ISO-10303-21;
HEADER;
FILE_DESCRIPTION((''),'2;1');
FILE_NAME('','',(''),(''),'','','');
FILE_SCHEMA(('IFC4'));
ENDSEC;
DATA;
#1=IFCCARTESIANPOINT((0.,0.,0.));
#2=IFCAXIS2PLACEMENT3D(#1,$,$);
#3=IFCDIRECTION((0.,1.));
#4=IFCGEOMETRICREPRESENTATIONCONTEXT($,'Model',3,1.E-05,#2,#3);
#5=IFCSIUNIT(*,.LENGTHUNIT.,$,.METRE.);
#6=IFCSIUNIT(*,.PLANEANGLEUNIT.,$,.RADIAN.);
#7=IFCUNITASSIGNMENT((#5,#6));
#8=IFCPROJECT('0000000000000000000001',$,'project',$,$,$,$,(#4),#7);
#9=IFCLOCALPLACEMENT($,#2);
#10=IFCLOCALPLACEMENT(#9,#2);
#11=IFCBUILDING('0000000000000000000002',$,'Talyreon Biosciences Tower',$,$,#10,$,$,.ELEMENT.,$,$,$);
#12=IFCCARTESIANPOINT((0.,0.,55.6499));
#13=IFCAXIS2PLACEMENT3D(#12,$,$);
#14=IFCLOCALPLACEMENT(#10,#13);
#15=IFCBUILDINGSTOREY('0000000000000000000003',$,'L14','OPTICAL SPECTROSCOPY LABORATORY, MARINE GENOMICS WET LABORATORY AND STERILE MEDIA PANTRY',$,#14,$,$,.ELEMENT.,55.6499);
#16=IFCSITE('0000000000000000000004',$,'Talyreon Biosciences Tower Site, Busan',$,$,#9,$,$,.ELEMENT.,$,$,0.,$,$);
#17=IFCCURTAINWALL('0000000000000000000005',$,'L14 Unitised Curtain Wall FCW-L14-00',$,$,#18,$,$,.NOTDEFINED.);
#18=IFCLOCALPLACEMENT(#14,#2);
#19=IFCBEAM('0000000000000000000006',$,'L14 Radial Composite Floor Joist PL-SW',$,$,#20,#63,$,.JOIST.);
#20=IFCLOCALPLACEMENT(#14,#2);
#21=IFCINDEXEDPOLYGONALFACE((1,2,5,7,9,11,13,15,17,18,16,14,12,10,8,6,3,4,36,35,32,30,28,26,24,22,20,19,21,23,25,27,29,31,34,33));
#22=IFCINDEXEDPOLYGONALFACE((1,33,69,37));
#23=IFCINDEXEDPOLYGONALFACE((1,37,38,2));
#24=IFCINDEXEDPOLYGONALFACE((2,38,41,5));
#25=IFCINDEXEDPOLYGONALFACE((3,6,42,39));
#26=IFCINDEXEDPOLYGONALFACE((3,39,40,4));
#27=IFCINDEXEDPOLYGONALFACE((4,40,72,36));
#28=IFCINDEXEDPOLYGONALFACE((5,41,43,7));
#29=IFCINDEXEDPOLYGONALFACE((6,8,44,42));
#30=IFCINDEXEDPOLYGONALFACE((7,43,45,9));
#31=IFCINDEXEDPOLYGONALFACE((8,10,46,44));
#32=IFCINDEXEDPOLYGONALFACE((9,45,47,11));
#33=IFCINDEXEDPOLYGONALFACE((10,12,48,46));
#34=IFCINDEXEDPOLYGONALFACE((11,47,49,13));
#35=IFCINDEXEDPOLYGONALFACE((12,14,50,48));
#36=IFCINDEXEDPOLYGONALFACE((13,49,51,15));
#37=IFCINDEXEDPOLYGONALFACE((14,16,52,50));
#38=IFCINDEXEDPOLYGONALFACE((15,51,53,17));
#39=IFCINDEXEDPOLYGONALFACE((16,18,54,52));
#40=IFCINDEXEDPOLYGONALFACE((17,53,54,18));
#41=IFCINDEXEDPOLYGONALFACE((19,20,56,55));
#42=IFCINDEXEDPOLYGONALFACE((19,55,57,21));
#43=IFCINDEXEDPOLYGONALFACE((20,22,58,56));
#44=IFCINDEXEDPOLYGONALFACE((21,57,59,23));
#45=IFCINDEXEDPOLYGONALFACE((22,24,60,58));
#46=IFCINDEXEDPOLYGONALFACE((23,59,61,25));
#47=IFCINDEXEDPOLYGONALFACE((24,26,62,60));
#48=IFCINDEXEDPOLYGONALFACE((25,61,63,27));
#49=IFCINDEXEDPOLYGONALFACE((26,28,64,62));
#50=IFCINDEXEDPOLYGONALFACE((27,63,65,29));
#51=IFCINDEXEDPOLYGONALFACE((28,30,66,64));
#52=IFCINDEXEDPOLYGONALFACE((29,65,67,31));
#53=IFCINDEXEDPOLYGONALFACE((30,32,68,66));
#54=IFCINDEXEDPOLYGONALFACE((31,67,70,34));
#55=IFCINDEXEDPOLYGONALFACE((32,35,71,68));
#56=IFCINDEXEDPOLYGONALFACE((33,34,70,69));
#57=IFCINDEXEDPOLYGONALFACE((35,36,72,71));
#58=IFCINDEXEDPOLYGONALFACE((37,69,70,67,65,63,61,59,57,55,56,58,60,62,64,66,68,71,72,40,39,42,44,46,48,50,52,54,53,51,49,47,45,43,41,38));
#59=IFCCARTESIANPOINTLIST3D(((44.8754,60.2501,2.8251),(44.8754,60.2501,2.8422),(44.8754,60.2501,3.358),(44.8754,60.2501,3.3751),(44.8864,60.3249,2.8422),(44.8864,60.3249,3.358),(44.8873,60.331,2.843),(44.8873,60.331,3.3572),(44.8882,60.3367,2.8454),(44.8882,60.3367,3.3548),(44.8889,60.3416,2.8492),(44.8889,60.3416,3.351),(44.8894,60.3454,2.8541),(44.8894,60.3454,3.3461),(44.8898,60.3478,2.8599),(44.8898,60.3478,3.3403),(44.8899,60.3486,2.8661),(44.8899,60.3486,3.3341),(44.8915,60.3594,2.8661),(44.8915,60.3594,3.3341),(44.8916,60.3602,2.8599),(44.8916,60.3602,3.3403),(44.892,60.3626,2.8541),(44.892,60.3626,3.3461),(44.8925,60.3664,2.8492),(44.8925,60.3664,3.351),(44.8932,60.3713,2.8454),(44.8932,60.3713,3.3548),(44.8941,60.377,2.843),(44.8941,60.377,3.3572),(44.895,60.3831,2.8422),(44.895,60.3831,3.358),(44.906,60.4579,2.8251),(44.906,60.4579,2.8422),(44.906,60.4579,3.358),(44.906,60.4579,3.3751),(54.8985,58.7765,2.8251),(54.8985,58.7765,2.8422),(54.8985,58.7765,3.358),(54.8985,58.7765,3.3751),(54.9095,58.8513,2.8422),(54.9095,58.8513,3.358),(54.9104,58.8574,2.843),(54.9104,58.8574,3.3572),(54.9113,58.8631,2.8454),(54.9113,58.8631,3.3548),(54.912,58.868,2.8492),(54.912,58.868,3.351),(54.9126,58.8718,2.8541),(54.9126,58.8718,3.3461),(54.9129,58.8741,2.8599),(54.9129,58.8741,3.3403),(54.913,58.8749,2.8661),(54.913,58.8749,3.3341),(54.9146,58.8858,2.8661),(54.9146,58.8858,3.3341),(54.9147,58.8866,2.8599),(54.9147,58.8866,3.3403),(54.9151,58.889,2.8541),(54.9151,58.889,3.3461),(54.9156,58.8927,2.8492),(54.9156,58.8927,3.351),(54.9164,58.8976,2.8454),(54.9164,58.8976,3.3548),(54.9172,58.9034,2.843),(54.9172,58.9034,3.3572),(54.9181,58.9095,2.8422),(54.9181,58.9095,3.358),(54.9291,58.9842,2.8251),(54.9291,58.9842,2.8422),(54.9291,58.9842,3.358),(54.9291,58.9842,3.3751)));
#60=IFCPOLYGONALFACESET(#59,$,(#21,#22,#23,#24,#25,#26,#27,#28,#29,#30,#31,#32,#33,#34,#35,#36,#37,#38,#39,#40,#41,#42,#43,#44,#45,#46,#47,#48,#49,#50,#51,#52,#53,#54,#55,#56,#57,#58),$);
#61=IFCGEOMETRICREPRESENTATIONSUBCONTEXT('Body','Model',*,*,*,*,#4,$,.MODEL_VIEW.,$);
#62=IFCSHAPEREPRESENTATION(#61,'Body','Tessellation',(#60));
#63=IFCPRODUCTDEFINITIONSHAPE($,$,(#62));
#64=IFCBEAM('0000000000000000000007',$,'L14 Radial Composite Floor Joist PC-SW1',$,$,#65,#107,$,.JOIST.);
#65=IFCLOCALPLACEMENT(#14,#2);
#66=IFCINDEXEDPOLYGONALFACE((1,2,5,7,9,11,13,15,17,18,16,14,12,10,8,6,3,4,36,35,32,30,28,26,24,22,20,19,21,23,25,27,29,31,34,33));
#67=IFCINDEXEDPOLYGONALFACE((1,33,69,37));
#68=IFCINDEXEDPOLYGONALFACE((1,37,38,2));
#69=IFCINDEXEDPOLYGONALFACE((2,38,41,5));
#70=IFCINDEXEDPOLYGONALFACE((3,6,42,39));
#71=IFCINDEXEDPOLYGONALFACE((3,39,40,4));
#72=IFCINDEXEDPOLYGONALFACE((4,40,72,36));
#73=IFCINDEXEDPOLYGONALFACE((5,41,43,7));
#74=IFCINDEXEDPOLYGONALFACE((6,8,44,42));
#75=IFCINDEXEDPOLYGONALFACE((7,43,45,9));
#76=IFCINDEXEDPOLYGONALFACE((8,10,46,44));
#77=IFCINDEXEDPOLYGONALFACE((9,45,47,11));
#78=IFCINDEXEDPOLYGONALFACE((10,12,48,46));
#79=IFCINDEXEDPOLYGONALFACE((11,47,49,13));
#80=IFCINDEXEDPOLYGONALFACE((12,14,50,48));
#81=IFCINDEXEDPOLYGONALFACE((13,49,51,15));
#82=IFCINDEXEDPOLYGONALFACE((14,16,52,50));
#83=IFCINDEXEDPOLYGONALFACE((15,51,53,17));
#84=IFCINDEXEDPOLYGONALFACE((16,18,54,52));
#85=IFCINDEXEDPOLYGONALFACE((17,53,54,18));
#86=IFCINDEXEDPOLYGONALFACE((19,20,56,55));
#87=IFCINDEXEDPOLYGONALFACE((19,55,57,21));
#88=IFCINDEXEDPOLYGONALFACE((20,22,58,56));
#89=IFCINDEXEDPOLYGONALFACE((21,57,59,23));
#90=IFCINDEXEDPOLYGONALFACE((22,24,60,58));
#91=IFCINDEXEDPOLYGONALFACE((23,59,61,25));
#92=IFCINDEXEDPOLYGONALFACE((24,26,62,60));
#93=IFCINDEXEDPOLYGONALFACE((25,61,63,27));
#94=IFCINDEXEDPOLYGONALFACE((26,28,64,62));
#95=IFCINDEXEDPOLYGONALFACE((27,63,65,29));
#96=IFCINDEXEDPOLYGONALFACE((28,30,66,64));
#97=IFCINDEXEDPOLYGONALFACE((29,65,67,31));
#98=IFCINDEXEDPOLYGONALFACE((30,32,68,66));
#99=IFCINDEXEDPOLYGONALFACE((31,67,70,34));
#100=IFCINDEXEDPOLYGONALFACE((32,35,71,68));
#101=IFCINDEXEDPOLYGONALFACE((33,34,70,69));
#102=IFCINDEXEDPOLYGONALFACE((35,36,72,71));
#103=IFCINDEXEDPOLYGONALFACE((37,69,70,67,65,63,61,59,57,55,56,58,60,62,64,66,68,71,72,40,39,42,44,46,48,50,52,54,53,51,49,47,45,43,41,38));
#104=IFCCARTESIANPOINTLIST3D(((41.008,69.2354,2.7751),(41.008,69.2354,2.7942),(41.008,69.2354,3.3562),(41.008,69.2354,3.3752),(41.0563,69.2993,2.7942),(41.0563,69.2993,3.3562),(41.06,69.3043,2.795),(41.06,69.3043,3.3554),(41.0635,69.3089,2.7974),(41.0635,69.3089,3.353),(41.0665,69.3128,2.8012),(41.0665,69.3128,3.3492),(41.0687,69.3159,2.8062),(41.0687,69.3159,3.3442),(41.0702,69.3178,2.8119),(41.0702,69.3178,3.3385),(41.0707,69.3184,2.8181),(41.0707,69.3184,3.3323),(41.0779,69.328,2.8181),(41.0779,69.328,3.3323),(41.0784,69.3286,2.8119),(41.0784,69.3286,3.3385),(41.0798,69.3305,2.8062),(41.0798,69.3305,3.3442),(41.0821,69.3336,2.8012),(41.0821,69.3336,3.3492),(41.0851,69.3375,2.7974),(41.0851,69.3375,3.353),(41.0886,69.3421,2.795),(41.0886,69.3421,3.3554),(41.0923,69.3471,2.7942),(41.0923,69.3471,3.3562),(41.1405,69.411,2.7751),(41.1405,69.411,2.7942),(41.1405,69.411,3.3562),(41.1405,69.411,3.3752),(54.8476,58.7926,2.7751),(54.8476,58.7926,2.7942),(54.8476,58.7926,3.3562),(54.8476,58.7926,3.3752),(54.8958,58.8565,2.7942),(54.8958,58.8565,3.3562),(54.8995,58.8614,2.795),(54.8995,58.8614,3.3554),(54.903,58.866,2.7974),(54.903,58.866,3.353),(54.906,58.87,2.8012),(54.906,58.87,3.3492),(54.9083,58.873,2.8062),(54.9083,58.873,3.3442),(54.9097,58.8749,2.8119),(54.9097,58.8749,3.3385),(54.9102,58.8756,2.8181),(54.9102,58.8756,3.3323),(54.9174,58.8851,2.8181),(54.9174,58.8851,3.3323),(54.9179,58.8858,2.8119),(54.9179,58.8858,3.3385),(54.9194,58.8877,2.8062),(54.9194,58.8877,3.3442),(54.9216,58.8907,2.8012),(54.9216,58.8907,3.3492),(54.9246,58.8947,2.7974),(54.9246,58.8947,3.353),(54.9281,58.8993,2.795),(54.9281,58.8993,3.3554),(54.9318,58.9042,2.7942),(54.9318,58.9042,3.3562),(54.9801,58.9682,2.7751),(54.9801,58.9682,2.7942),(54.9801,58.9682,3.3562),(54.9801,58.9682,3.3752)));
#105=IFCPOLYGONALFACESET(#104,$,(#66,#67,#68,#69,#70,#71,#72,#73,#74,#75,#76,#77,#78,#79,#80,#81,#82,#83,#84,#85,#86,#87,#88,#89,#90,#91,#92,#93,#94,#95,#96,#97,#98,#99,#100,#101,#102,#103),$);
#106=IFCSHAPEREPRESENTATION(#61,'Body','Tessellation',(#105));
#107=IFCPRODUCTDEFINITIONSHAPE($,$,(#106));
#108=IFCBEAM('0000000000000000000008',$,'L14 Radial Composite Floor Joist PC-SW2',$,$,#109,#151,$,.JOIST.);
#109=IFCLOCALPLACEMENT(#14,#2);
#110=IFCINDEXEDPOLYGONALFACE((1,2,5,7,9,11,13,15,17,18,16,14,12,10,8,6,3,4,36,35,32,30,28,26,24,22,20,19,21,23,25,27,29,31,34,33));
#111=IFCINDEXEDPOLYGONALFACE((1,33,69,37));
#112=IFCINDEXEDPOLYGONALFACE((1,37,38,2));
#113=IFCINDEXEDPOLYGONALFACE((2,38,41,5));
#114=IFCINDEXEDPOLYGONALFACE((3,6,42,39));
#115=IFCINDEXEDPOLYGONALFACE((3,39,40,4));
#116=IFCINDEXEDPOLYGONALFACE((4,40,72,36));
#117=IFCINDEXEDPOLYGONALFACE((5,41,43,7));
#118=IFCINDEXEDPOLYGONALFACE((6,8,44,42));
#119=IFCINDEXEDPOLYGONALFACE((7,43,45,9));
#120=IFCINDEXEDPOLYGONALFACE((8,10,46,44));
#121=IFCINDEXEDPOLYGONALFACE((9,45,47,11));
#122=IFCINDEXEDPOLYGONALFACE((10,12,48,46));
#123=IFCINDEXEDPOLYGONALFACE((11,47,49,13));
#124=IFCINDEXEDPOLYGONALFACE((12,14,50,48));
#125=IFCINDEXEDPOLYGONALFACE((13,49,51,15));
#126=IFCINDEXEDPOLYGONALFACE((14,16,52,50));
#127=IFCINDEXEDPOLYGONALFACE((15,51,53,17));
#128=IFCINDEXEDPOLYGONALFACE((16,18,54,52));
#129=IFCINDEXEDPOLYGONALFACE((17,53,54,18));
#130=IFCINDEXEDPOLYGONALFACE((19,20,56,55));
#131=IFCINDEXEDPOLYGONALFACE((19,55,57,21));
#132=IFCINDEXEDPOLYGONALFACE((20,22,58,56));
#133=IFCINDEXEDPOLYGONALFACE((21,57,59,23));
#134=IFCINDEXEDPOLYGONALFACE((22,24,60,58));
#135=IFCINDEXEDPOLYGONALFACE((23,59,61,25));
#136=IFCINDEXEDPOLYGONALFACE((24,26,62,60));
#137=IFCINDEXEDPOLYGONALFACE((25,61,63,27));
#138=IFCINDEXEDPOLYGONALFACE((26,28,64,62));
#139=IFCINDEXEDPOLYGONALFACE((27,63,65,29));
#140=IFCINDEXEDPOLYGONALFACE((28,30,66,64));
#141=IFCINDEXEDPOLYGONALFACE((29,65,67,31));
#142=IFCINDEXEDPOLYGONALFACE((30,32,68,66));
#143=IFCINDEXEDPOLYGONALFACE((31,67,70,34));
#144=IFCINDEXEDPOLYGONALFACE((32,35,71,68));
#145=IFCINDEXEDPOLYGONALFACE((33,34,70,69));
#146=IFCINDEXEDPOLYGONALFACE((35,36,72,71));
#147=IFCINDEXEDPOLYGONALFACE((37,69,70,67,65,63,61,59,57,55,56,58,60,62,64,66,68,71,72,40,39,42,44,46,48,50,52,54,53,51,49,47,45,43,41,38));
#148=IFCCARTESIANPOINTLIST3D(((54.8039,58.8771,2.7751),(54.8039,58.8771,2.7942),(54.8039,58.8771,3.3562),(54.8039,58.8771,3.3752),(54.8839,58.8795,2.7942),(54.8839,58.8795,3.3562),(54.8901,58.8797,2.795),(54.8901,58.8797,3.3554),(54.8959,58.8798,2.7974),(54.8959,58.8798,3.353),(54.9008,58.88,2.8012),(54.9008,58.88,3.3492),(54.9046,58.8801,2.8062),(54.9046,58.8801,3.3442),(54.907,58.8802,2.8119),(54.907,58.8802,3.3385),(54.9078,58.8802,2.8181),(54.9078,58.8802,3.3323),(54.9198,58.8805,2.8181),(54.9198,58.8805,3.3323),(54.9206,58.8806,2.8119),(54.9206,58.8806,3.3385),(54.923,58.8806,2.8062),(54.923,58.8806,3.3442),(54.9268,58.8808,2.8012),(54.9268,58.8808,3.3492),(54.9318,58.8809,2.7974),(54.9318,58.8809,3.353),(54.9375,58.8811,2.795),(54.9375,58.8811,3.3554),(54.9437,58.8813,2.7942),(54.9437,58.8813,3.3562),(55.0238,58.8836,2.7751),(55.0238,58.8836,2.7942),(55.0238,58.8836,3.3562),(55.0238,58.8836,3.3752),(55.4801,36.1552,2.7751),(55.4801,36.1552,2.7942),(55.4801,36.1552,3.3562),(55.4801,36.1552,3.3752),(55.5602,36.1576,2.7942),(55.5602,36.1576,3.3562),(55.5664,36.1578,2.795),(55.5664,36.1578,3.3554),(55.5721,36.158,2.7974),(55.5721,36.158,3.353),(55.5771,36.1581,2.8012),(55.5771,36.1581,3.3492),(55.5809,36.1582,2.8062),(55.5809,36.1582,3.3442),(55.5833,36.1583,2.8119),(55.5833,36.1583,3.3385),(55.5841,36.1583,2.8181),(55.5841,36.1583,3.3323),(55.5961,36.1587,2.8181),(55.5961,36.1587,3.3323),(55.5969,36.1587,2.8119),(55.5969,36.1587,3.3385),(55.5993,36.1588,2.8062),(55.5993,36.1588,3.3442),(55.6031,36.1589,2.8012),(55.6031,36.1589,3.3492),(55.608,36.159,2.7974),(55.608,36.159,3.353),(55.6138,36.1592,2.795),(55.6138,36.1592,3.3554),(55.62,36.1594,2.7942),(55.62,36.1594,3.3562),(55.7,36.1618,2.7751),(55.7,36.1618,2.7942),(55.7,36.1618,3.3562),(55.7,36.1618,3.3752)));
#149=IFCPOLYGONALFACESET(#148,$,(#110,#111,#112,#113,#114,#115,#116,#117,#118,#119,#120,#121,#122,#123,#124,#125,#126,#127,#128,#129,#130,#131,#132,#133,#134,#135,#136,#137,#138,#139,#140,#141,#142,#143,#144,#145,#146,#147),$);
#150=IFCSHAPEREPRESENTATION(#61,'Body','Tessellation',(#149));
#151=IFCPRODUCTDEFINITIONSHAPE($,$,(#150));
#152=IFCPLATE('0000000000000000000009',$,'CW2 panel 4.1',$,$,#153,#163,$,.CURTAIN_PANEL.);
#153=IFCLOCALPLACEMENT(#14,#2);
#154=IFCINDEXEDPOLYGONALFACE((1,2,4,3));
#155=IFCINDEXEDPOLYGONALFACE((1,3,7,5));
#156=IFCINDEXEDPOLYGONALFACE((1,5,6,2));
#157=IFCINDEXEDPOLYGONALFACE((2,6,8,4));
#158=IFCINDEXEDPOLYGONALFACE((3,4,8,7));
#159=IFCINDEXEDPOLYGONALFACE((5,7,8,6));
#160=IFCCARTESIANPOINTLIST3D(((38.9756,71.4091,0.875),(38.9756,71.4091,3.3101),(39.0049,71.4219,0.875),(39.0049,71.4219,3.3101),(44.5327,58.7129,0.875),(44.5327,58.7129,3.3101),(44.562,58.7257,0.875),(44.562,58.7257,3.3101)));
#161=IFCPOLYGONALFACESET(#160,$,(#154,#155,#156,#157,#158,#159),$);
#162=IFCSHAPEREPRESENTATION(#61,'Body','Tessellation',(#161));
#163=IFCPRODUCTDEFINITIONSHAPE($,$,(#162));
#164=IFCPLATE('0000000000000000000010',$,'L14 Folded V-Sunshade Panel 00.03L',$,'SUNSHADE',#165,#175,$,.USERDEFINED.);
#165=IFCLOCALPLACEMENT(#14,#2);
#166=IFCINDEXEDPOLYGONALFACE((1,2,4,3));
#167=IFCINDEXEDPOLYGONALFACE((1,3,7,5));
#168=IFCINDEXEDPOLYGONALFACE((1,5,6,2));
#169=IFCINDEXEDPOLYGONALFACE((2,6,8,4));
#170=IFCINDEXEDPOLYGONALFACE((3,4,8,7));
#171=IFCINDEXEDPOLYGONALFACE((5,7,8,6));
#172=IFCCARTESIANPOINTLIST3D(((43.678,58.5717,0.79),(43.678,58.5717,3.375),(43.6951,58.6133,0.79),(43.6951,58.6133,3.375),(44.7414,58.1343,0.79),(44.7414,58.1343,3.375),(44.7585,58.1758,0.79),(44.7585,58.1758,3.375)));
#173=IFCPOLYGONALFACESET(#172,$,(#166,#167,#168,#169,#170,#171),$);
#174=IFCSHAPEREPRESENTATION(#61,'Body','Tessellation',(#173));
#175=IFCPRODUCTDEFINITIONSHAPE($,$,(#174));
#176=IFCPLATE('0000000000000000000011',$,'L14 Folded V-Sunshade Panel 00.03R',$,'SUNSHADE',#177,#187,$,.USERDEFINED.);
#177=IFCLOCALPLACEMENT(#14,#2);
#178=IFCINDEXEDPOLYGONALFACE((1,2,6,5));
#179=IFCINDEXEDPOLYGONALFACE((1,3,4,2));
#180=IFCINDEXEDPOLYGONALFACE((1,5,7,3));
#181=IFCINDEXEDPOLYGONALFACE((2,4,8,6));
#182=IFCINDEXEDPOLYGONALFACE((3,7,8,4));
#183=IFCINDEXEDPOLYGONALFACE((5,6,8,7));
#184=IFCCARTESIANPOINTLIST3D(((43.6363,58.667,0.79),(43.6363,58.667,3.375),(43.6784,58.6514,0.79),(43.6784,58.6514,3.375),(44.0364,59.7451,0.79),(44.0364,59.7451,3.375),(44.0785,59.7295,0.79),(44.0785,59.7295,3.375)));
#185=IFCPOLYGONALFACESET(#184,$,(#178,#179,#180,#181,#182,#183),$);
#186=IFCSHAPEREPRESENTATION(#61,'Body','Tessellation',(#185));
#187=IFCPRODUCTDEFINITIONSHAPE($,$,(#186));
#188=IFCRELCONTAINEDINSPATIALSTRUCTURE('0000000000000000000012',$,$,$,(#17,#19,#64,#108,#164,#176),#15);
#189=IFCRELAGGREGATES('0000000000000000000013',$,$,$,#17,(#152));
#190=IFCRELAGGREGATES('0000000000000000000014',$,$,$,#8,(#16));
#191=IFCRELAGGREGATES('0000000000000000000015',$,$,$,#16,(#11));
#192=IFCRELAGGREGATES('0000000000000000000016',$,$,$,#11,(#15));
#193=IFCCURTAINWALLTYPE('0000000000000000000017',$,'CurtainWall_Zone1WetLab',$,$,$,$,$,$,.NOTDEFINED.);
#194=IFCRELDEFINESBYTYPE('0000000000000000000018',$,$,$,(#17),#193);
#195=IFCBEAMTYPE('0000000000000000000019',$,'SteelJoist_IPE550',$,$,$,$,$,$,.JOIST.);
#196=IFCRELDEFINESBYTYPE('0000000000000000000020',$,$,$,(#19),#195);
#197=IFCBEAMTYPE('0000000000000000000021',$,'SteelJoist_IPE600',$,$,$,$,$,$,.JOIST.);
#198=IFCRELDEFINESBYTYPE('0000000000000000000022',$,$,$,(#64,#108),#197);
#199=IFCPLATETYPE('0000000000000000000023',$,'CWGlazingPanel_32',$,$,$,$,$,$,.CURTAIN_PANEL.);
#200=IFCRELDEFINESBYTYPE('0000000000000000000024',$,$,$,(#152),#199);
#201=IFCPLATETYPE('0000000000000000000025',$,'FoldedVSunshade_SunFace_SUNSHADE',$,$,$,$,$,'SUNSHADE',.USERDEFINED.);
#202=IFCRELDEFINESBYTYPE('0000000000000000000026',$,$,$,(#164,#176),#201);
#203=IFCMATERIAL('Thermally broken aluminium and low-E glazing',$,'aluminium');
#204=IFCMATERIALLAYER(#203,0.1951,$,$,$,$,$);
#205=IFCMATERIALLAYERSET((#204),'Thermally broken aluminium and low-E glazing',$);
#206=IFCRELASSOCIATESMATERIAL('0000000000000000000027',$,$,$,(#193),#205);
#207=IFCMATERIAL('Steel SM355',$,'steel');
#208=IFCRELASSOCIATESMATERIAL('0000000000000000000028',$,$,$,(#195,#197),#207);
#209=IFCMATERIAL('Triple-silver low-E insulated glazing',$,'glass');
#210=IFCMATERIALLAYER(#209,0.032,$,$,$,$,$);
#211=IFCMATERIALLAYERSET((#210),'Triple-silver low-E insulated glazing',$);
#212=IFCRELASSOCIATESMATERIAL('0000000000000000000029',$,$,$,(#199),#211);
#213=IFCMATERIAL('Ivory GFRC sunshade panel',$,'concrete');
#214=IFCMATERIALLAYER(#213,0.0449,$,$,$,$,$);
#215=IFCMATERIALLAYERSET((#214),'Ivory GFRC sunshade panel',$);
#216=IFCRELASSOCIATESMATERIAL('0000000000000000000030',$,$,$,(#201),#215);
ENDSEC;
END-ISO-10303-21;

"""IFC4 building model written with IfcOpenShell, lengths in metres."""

from ifc_helpers import new_model, si_unit, direction, frame, origin, origin_2d, place, context, subcontext, project, spatial, rectangle, i_section, extrude, material, layer, layer_set, material_profile, profile_set, type_object, element, aggregate, save


model = new_model("IFC4")

# Units and contexts
model_context = context("Model", 3, precision=1e-05, world=origin(), true_north=direction((0.0, 1.0)))
body_context = subcontext(model_context, "Body", "Model", "MODEL_VIEW")
ifc_project = project(units=[si_unit("LENGTHUNIT", "METRE"), si_unit("PLANEANGLEUNIT", "RADIAN")], contexts=[model_context])

# Site, building, storey
site_placement = place(None, origin())
site = spatial("IfcSite", under=ifc_project, at=site_placement, Name="Talyreon Biosciences Tower Site, Busan", CompositionType="ELEMENT", RefElevation=0.0)
building_placement = place(site_placement, origin())
building = spatial("IfcBuilding", under=site, at=building_placement, Name="Talyreon Biosciences Tower", CompositionType="ELEMENT")
storey_placement = place(building_placement, frame((0.0, 0.0, 55.6499)))
storey = spatial("IfcBuildingStorey", under=building, at=storey_placement, Name="L14", Description="OPTICAL SPECTROSCOPY LABORATORY, MARINE GENOMICS WET LABORATORY AND STERILE MEDIA PANTRY", CompositionType="ELEMENT", Elevation=55.6499)

# Curtain wall
ifc_material_1 = material(Name="Thermally broken aluminium and low-E glazing", Category="aluminium")
ifc_layer_1 = layer(ifc_material_1, 0.1951)
ifc_layer_set_1 = layer_set([ifc_layer_1], Name="Thermally broken aluminium and low-E glazing")
curtain_wall_type = type_object("IfcCurtainWallType", Name="CurtainWall_Zone1WetLab", PredefinedType="NOTDEFINED", material=ifc_layer_set_1)
curtain_wall_placement = place(storey_placement, origin())
curtain_wall = element("IfcCurtainWall", 1, at=curtain_wall_placement, inside=storey, type_object=curtain_wall_type, Name="L14 Unitised Curtain Wall FCW-L14-00", PredefinedType="NOTDEFINED")

# Beams
ifc_material_2 = material(Name="Steel SM355", Category="steel")
ifc_material_profile_1 = material_profile(ifc_material_2, i_section(OverallWidth=0.21, OverallDepth=0.55, WebThickness=0.011, FlangeThickness=0.0171, FilletRadius=0.0239, at=origin_2d()), Name="IPE550")
ifc_profile_set_1 = profile_set([ifc_material_profile_1], Name="Steel SM355")
beam_type_1 = type_object("IfcBeamType", Name="SteelJoist_IPE550", PredefinedType="JOIST", material=ifc_profile_set_1)
beam_1_placement = place(storey_placement, frame((54.9138, 58.8804, 3.1001), z_axis=(-0.989364, 0.145459, 0.0), x_axis=(-0.145459, -0.989364, 0.0)))
element("IfcBeam", 2, at=beam_1_placement, inside=storey, type_object=beam_type_1, Name="L14 Radial Composite Floor Joist PL-SW", PredefinedType="JOIST", context=body_context, shape_type="SweptSolid", body=[
    extrude(i_section(OverallWidth=0.21, OverallDepth=0.55, WebThickness=0.011, FlangeThickness=0.0171, FilletRadius=0.0239, at=origin_2d()), origin(), (0.0, 0.0, 1.0), 10.1309),
])
ifc_material_profile_2 = material_profile(ifc_material_2, i_section(OverallWidth=0.22, OverallDepth=0.6001, WebThickness=0.012, FlangeThickness=0.019, FilletRadius=0.0239, at=origin_2d()), Name="IPE600")
ifc_profile_set_2 = profile_set([ifc_material_profile_2], Name="Steel SM355")
beam_type_2 = type_object("IfcBeamType", Name="SteelJoist_IPE600", PredefinedType="JOIST", material=ifc_profile_set_2)
beam_2_placement = place(storey_placement, frame((54.9138, 58.8804, 3.0752), z_axis=(-0.798248, 0.602329, 0.0), x_axis=(-0.602329, -0.798248, 0.0)))
element("IfcBeam", 3, at=beam_2_placement, inside=storey, type_object=beam_type_2, Name="L14 Radial Composite Floor Joist PC-SW1", PredefinedType="JOIST", context=body_context, shape_type="SweptSolid", body=[
    extrude(i_section(OverallWidth=0.22, OverallDepth=0.6001, WebThickness=0.012, FlangeThickness=0.019, FilletRadius=0.0239, at=origin_2d()), origin(), (0.0, 0.0, 1.0), 17.3374),
])
beam_3_placement = place(storey_placement, frame((54.9138, 58.8804, 3.0752), z_axis=(0.02975, -0.999557, 0.0), x_axis=(0.999557, 0.02975, 0.0)))
element("IfcBeam", 4, at=beam_3_placement, inside=storey, type_object=beam_type_2, Name="L14 Radial Composite Floor Joist PC-SW2", PredefinedType="JOIST", context=body_context, shape_type="SweptSolid", body=[
    extrude(i_section(OverallWidth=0.22, OverallDepth=0.6001, WebThickness=0.012, FlangeThickness=0.019, FilletRadius=0.0239, at=origin_2d()), origin(), (0.0, 0.0, 1.0), 22.7319),
])

# Plate
ifc_material_3 = material(Name="Triple-silver low-E insulated glazing", Category="glass")
ifc_layer_2 = layer(ifc_material_3, 0.032)
ifc_layer_set_2 = layer_set([ifc_layer_2], Name="Triple-silver low-E insulated glazing")
plate_type_1 = type_object("IfcPlateType", Name="CWGlazingPanel_32", PredefinedType="CURTAIN_PANEL", material=ifc_layer_set_2)
plate_placement = place(storey_placement, frame((41.7688, 65.0674, 0.875), z_axis=(0.0, 0.0, 1.0), x_axis=(-0.400968, 0.916092, 0.0)))
plate = element("IfcPlate", 5, at=plate_placement, type_object=plate_type_1, Name="CW2 panel 4.1", PredefinedType="CURTAIN_PANEL", context=body_context, shape_type="SweptSolid", body=[
    extrude(rectangle(XDim=13.8591, YDim=0.032, at=origin_2d()), origin(), (0.0, 0.0, 1.0), 2.4351),
])
aggregate(curtain_wall, [plate])

# Plates
ifc_material_4 = material(Name="Ivory GFRC sunshade panel", Category="concrete")
ifc_layer_3 = layer(ifc_material_4, 0.0449)
ifc_layer_set_3 = layer_set([ifc_layer_3], Name="Ivory GFRC sunshade panel")
plate_type_2 = type_object("IfcPlateType", Name="FoldedVSunshade_SunFace_SUNSHADE", ElementType="SUNSHADE", PredefinedType="USERDEFINED", material=ifc_layer_set_3)
for number, where, z_axis, x_axis, name in (
    (6, (44.2183, 58.3738, 0.79), (0.0, 0.0, 1.0), (-0.924805, 0.380441, 0.0), "L14 Folded V-Sunshade Panel 00.03L"),
    (7, (43.8574, 59.1982, 0.79), (0.0, 0.0, 1.0), (0.347934, 0.937519, 0.0), "L14 Folded V-Sunshade Panel 00.03R"),
):
    element("IfcPlate", number, at=place(storey_placement, frame(where, z_axis=z_axis, x_axis=x_axis)), inside=storey, type_object=plate_type_2, Name=name, ObjectType="SUNSHADE", PredefinedType="USERDEFINED", context=body_context, shape_type="SweptSolid", body=[
        extrude(rectangle(XDim=1.1499, YDim=0.0449, at=origin_2d()), origin(), (0.0, 0.0, 1.0), 2.585),
    ])

save(model, "model.ifc")
